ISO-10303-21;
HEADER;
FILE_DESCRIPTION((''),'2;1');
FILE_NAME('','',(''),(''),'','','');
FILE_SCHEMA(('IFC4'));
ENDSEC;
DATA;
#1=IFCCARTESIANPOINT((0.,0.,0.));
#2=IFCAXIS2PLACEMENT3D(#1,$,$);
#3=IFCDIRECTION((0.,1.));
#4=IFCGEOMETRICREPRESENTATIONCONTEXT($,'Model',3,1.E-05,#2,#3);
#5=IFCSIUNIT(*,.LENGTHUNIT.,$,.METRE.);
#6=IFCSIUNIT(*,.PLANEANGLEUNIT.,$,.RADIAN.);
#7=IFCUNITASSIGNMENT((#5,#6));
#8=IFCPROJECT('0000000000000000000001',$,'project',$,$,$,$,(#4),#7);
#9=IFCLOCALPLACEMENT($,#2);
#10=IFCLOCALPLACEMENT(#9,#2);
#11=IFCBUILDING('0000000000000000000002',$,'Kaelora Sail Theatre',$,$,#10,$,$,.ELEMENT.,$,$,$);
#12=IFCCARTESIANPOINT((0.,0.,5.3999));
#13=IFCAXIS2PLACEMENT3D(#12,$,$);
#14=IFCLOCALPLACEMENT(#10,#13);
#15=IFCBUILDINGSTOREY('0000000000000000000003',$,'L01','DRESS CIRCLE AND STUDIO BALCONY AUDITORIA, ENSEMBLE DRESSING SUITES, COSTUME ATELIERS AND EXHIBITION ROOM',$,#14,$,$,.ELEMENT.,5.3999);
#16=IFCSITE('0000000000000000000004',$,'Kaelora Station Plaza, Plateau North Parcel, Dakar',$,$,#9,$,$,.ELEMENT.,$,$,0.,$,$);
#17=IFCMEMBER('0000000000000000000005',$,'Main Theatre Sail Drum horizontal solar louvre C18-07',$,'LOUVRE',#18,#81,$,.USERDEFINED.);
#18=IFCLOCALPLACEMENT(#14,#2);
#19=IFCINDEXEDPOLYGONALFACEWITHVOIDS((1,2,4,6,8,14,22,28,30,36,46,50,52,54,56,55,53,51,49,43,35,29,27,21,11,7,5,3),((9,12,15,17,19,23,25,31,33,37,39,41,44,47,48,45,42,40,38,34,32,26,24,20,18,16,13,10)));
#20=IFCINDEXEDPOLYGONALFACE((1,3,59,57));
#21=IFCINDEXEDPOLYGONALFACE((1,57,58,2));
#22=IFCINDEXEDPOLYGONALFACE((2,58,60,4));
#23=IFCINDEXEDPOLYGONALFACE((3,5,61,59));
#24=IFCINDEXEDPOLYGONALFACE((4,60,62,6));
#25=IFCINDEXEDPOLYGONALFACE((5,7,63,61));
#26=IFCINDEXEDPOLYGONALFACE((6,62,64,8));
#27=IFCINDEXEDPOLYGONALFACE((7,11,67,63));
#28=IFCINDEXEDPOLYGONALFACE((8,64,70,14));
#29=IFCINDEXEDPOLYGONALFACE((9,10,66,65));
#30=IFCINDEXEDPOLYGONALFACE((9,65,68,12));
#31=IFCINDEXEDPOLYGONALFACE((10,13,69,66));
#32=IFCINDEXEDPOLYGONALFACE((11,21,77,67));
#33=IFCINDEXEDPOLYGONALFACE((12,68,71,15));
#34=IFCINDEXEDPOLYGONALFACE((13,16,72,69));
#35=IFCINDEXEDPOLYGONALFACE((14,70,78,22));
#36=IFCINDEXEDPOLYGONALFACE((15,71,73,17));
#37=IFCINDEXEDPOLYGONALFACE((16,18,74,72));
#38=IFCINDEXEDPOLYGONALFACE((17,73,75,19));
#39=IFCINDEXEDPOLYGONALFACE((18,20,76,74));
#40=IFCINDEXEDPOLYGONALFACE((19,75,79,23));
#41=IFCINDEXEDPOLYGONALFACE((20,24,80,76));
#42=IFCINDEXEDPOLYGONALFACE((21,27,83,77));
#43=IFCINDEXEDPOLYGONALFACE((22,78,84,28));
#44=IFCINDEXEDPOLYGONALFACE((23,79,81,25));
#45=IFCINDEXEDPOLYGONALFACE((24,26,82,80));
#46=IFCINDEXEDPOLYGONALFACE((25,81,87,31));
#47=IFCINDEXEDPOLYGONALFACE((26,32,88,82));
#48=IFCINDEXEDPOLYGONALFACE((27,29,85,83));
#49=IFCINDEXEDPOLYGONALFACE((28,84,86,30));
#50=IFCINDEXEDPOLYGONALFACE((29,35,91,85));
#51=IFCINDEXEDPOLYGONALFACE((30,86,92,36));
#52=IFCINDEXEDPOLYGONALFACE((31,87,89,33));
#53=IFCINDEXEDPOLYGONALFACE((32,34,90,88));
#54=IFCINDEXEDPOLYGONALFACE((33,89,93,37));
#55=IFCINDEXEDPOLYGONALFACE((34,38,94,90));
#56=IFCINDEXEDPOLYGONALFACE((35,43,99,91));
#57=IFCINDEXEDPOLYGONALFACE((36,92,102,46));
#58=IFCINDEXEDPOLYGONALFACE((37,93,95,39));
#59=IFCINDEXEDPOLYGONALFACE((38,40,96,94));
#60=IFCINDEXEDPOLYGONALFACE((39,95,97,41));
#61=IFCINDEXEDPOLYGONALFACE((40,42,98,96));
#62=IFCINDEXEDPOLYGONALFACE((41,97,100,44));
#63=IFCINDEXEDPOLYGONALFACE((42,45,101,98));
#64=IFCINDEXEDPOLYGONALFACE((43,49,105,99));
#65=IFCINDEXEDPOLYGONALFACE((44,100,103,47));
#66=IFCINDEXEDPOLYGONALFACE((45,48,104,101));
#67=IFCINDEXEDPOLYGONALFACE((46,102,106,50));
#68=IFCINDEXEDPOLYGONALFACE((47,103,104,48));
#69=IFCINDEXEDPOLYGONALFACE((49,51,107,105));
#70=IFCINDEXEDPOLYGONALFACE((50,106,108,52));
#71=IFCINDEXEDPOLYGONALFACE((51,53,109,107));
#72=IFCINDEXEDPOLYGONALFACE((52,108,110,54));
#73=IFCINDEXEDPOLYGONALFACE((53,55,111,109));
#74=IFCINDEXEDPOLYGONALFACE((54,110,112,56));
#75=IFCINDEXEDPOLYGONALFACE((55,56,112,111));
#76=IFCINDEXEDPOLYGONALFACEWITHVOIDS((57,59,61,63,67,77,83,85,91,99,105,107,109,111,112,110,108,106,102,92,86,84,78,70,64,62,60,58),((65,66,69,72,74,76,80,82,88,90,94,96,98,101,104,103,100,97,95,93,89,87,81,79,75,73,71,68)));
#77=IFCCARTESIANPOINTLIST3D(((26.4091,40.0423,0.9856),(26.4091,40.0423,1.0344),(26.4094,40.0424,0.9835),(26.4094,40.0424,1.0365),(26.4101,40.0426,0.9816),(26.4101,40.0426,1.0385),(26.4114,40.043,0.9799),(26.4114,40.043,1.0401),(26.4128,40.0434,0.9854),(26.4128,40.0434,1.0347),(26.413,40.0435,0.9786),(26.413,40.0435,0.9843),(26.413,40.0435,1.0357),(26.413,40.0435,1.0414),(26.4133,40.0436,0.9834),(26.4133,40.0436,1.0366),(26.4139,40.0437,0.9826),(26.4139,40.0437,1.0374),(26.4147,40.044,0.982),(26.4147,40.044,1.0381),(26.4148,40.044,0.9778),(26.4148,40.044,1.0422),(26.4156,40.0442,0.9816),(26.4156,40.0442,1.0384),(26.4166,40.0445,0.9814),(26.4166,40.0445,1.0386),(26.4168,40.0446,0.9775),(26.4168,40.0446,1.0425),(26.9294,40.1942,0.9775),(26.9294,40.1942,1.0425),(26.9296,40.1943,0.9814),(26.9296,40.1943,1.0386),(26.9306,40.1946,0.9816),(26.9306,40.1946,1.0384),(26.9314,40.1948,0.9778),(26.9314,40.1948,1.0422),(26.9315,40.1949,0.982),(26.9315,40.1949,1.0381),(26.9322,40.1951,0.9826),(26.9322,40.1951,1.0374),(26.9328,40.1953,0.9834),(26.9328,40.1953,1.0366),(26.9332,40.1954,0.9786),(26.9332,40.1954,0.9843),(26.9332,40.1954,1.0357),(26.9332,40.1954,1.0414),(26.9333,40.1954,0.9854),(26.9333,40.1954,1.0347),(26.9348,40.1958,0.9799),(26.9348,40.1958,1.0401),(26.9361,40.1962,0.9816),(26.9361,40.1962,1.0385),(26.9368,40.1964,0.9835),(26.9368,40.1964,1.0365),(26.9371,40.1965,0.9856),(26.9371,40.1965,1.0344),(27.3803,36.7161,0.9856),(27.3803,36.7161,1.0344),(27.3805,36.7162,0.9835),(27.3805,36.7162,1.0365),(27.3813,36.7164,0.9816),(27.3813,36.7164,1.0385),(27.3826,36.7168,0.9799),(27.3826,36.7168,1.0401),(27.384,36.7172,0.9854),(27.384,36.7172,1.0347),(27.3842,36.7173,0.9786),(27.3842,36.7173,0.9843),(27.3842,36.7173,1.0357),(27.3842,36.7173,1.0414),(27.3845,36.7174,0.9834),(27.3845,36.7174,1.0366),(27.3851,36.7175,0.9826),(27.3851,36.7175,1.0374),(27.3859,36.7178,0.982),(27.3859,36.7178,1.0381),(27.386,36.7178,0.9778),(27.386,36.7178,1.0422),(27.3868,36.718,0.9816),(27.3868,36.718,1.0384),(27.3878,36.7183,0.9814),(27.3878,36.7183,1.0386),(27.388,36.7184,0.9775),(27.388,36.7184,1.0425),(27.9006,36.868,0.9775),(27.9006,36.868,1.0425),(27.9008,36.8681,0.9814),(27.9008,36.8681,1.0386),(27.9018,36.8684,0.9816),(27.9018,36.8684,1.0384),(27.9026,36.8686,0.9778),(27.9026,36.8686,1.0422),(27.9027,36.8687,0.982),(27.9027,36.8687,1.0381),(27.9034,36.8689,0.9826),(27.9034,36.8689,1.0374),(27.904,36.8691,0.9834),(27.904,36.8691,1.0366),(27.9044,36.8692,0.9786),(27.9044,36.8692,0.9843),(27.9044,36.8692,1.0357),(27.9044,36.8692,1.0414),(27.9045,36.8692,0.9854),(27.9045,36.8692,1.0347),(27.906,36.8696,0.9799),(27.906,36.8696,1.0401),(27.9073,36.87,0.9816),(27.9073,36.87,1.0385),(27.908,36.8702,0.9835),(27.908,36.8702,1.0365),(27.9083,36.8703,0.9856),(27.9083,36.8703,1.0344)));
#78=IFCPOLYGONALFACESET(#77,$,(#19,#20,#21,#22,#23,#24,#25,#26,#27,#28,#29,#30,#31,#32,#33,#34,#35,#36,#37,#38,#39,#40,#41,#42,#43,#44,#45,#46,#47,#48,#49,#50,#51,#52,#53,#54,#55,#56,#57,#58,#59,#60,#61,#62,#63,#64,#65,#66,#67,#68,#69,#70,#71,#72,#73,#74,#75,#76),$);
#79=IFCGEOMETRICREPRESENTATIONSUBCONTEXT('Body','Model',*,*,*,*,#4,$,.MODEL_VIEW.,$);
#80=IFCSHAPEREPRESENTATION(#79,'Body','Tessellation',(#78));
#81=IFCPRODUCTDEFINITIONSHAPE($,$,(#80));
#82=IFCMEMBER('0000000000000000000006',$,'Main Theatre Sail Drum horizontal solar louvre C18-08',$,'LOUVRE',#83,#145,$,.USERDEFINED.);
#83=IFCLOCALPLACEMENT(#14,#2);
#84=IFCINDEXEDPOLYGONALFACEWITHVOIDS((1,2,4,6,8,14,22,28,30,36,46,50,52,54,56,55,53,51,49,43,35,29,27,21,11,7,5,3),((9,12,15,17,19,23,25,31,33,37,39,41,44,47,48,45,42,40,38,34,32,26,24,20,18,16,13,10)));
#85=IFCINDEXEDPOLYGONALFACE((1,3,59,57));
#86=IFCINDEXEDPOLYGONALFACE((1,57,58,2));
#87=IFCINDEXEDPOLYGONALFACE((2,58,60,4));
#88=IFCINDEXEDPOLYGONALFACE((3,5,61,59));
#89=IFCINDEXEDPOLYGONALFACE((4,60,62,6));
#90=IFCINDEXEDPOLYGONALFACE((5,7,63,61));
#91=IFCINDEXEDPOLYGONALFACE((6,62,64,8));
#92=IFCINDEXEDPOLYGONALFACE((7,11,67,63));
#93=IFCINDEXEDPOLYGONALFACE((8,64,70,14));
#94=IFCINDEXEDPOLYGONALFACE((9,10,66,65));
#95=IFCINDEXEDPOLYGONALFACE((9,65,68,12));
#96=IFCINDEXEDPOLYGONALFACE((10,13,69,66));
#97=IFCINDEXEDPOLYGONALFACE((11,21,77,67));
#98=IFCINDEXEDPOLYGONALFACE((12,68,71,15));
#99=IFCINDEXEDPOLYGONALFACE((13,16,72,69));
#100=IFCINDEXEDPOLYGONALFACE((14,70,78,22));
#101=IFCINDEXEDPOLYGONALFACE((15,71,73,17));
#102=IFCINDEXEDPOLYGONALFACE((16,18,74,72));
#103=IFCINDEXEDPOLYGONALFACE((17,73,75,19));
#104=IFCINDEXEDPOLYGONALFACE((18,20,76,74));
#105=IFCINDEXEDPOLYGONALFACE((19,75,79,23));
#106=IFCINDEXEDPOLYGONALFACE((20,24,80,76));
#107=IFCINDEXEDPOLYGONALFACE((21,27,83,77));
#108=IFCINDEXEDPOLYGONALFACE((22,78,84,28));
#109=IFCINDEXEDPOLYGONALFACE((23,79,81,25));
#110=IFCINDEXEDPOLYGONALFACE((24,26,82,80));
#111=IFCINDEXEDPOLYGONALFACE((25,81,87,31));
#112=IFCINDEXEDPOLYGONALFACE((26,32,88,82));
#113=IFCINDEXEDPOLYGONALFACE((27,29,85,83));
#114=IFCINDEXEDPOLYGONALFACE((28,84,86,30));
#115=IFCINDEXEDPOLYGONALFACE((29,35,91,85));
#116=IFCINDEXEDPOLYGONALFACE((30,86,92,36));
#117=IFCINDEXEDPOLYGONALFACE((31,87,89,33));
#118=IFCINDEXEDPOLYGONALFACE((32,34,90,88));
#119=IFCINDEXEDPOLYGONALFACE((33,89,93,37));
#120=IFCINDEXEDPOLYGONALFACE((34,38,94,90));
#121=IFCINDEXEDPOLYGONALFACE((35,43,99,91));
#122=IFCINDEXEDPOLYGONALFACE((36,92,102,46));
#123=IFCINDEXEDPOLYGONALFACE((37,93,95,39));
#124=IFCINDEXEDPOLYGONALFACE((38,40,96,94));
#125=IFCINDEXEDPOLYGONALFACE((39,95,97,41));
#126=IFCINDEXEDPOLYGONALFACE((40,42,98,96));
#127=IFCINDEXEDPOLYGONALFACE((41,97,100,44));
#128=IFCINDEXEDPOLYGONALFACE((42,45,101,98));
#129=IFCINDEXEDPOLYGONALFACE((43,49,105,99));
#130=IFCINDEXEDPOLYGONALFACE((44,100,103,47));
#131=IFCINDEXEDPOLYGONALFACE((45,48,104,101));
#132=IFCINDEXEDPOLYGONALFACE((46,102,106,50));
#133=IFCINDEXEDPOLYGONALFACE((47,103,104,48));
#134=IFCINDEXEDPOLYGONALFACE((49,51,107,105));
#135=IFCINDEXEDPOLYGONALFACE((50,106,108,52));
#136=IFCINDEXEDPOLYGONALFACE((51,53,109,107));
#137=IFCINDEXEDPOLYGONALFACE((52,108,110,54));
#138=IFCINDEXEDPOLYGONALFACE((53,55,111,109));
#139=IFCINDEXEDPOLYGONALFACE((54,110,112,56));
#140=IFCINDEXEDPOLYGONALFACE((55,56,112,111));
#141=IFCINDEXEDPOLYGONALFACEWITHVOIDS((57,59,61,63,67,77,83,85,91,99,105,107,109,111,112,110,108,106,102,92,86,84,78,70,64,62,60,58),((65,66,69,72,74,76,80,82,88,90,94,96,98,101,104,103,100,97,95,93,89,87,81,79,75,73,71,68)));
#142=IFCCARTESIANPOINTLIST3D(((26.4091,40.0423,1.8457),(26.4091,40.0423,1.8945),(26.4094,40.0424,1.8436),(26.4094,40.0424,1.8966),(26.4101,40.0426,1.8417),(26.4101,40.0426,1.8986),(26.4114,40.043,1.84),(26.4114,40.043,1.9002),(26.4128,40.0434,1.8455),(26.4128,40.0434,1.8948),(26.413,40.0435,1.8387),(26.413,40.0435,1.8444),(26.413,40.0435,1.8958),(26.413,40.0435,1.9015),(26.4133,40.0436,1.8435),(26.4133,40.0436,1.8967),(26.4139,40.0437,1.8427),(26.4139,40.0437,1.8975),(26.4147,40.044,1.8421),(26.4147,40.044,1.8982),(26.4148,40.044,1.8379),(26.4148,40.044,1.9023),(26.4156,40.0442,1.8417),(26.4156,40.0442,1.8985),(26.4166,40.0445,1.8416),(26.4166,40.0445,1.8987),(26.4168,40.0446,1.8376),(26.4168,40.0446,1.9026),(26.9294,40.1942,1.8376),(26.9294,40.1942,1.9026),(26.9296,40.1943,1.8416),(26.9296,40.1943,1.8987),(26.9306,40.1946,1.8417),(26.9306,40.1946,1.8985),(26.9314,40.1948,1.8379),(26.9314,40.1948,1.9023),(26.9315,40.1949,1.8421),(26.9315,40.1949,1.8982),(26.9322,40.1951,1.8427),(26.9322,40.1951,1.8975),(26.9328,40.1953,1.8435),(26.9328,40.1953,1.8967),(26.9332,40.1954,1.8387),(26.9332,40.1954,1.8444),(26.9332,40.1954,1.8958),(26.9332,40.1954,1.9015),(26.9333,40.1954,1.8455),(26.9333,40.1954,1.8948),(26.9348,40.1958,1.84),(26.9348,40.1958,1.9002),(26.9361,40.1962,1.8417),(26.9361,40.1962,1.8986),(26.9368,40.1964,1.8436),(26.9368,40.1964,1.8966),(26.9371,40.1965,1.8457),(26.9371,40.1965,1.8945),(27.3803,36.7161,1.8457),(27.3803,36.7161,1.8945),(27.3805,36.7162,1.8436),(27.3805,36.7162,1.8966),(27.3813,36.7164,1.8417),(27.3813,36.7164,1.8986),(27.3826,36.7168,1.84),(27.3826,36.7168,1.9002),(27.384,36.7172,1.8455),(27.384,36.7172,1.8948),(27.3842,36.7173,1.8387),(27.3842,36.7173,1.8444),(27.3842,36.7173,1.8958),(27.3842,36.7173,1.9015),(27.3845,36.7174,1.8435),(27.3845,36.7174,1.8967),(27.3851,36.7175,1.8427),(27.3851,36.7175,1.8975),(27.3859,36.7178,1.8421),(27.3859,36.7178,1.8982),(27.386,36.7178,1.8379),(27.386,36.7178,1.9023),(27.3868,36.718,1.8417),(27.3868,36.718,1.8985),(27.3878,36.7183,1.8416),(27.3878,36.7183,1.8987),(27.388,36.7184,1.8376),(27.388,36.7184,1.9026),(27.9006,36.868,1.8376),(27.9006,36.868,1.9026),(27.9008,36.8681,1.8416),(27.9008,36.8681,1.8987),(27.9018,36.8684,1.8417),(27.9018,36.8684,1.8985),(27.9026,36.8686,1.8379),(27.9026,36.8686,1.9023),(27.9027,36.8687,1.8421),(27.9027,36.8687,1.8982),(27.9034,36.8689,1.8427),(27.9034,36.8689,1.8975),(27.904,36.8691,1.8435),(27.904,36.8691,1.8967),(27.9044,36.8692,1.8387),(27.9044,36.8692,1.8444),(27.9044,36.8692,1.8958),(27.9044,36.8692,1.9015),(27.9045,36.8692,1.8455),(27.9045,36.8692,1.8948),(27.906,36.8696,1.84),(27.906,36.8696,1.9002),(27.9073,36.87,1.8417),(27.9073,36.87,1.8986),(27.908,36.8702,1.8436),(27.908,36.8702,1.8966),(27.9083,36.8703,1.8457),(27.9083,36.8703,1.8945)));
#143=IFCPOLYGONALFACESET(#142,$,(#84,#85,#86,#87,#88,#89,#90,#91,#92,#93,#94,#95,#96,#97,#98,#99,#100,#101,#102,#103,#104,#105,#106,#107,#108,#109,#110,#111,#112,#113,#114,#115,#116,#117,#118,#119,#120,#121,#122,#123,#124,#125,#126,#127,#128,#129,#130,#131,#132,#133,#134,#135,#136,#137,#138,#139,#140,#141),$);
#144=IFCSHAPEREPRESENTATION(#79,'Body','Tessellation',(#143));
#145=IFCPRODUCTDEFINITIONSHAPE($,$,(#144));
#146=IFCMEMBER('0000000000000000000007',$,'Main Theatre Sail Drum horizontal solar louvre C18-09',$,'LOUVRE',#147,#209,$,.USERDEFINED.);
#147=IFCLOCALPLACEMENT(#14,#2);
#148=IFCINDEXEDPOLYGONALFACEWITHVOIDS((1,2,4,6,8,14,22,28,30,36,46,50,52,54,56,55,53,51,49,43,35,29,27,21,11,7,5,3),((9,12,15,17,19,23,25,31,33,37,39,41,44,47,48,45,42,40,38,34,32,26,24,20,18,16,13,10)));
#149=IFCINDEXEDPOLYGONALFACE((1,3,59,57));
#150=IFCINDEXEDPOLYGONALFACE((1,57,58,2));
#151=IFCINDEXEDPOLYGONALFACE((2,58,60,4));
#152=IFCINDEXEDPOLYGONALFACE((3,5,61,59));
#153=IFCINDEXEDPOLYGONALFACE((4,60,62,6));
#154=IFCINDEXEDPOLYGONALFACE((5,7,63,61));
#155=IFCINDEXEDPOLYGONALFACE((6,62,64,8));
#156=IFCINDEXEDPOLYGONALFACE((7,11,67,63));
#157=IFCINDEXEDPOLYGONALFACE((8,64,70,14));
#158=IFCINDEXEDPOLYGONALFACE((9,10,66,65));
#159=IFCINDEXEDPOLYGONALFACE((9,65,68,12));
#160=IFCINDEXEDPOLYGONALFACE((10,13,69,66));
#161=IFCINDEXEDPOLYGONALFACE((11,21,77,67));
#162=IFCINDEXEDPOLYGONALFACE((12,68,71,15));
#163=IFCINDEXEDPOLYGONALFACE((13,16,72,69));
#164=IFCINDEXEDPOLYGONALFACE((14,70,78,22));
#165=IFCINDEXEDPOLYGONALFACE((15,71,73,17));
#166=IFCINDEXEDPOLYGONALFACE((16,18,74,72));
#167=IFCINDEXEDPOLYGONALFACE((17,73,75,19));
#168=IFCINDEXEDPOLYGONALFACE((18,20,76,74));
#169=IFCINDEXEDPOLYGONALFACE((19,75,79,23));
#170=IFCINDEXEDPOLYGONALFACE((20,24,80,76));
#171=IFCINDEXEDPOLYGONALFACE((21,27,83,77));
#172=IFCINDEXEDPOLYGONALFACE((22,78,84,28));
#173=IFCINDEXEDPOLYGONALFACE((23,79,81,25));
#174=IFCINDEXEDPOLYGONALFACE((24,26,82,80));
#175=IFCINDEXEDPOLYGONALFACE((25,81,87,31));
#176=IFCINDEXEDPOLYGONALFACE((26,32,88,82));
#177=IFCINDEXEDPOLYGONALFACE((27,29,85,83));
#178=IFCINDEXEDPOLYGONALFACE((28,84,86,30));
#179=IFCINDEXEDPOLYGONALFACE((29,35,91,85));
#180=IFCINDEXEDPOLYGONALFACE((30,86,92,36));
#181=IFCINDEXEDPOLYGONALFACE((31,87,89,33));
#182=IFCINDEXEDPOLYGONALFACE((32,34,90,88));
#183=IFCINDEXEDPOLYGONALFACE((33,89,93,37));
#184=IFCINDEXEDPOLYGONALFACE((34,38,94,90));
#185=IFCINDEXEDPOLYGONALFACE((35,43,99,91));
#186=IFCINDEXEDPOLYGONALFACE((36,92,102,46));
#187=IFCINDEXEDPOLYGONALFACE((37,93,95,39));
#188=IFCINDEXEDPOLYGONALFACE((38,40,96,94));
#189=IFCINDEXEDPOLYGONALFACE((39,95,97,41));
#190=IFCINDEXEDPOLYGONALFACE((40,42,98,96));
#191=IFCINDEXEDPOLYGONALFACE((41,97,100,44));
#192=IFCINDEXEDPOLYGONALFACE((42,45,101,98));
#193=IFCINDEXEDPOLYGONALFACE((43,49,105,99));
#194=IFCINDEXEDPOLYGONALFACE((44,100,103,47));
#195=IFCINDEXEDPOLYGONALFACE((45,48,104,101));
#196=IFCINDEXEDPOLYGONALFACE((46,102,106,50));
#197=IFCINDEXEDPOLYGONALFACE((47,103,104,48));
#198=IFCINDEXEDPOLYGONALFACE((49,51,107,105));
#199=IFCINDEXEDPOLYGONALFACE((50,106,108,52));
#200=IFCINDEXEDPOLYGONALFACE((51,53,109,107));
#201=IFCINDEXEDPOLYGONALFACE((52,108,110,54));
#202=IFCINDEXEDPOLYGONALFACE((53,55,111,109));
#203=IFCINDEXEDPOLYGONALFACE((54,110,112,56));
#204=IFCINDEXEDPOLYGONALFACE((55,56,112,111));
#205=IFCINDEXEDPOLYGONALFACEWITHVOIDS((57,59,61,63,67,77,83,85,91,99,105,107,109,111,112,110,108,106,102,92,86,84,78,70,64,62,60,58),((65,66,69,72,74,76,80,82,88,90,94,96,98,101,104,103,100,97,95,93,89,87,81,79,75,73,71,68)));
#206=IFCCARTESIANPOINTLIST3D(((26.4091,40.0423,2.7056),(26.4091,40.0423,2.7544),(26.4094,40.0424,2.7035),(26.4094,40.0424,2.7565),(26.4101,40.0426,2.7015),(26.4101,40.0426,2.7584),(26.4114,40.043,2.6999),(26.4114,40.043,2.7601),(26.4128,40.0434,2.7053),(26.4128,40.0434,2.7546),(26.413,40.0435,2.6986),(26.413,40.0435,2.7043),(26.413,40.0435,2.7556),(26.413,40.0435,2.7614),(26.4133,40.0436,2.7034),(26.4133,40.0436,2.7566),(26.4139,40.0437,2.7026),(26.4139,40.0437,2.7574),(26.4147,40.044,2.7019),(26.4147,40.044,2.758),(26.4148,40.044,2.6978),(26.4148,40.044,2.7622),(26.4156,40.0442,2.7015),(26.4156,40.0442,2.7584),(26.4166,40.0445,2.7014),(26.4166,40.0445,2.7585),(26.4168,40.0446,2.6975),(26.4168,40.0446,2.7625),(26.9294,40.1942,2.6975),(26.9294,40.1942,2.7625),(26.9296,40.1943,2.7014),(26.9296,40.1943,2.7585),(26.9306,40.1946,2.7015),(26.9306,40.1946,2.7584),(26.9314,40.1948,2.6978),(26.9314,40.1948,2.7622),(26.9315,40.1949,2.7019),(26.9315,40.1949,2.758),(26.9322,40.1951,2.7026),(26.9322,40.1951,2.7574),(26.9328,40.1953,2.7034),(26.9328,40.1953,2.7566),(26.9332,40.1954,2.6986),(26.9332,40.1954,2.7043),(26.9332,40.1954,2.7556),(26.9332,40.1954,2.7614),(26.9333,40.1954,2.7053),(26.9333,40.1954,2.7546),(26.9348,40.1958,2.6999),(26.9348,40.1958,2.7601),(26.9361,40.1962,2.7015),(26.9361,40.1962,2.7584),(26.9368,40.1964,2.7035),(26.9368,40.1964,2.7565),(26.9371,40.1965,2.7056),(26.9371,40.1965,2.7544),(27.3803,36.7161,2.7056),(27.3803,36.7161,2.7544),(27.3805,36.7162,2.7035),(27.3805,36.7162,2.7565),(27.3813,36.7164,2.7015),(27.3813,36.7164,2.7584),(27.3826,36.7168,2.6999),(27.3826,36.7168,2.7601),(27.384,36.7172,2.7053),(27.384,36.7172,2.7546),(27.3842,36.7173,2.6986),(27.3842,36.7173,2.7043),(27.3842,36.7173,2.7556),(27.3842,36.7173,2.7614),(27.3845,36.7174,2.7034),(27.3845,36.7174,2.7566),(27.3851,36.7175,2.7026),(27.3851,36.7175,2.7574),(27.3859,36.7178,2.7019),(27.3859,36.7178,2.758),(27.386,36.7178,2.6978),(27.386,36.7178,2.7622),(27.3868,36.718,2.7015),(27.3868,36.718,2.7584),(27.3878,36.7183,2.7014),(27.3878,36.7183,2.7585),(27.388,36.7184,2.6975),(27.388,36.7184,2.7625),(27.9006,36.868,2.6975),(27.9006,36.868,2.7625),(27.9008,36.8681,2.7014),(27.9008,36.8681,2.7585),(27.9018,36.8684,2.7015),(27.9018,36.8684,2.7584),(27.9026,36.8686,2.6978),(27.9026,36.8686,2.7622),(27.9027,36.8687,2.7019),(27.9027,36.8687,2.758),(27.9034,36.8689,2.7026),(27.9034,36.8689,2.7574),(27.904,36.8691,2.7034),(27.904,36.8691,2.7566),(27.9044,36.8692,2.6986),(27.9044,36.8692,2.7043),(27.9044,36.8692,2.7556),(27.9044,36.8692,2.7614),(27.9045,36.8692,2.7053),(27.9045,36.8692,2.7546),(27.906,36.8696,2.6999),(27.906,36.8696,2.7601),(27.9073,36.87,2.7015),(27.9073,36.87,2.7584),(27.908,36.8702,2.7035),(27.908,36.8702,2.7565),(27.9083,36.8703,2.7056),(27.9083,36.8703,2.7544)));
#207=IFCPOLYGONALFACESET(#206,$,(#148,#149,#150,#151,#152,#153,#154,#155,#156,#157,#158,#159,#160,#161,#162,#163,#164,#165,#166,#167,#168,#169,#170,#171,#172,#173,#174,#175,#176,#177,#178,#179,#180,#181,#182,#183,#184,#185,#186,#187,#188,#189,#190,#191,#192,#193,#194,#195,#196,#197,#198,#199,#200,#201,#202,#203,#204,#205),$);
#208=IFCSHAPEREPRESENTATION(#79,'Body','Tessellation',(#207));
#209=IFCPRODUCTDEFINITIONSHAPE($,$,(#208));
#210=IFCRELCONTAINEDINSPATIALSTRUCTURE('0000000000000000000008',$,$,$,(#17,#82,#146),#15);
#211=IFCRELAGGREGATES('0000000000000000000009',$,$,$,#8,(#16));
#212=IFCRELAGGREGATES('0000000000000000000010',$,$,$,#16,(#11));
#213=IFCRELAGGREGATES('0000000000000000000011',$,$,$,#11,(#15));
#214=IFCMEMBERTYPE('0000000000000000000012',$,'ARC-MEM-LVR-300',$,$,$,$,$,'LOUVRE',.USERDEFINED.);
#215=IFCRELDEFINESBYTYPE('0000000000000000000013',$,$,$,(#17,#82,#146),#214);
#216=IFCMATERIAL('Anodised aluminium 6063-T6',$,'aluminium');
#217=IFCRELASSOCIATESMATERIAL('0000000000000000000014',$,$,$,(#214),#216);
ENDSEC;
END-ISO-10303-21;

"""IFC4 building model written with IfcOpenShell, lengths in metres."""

from ifc_helpers import new_model, si_unit, direction, frame, origin, origin_2d, place, context, subcontext, project, spatial, hollow_rectangle, extrude, material, material_profile, profile_set, type_object, element, save


model = new_model("IFC4")

# Units and contexts
model_context = context("Model", 3, precision=1e-05, world=origin(), true_north=direction((0.0, 1.0)))
body_context = subcontext(model_context, "Body", "Model", "MODEL_VIEW")
ifc_project = project(units=[si_unit("LENGTHUNIT", "METRE"), si_unit("PLANEANGLEUNIT", "RADIAN")], contexts=[model_context])

# Site, building, storey
site_placement = place(None, origin())
site = spatial("IfcSite", under=ifc_project, at=site_placement, Name="Kaelora Station Plaza, Plateau North Parcel, Dakar", CompositionType="ELEMENT", RefElevation=0.0)
building_placement = place(site_placement, origin())
building = spatial("IfcBuilding", under=site, at=building_placement, Name="Kaelora Sail Theatre", CompositionType="ELEMENT")
storey_placement = place(building_placement, frame((0.0, 0.0, 5.3999)))
storey = spatial("IfcBuildingStorey", under=building, at=storey_placement, Name="L01", Description="DRESS CIRCLE AND STUDIO BALCONY AUDITORIA, ENSEMBLE DRESSING SUITES, COSTUME ATELIERS AND EXHIBITION ROOM", CompositionType="ELEMENT", Elevation=5.3999)

# Members
ifc_material_1 = material(Name="Anodised aluminium 6063-T6", Category="aluminium")
ifc_material_profile_1 = material_profile(ifc_material_1, hollow_rectangle(XDim=0.55, YDim=0.0649, WallThickness=0.0039, InnerFilletRadius=0.0039, OuterFilletRadius=0.0081, at=origin_2d()), Name="LOUVRE 550x65x4")
ifc_profile_set_1 = profile_set([ifc_material_profile_1], Name="Anodised aluminium 6063-T6")
member_type = type_object("IfcMemberType", Name="ARC-MEM-LVR-300", ElementType="LOUVRE", PredefinedType="USERDEFINED", material=ifc_profile_set_1)
for number, where, z_axis, x_axis, name in (
    (1, (27.6443, 36.7932, 1.01), (-0.280281, 0.959918, 0.0), (-0.959918, -0.280281, 0.0), "Main Theatre Sail Drum horizontal solar louvre C18-07"),
    (2, (27.6443, 36.7932, 1.8701), (-0.280281, 0.959918, 0.0), (-0.959918, -0.280281, 0.0), "Main Theatre Sail Drum horizontal solar louvre C18-08"),
    (3, (27.6443, 36.7932, 2.73), (-0.280281, 0.959918, 0.0), (-0.959918, -0.280281, 0.0), "Main Theatre Sail Drum horizontal solar louvre C18-09"),
):
    element("IfcMember", number, at=place(storey_placement, frame(where, z_axis=z_axis, x_axis=x_axis)), inside=storey, type_object=member_type, Name=name, ObjectType="LOUVRE", PredefinedType="USERDEFINED", context=body_context, shape_type="SweptSolid", body=[
        extrude(hollow_rectangle(XDim=0.55, YDim=0.0649, WallThickness=0.0039, InnerFilletRadius=0.0039, OuterFilletRadius=0.0081, at=origin_2d()), origin(), (0.0, 0.0, 1.0), 3.4651),
    ])

save(model, "model.ifc")
